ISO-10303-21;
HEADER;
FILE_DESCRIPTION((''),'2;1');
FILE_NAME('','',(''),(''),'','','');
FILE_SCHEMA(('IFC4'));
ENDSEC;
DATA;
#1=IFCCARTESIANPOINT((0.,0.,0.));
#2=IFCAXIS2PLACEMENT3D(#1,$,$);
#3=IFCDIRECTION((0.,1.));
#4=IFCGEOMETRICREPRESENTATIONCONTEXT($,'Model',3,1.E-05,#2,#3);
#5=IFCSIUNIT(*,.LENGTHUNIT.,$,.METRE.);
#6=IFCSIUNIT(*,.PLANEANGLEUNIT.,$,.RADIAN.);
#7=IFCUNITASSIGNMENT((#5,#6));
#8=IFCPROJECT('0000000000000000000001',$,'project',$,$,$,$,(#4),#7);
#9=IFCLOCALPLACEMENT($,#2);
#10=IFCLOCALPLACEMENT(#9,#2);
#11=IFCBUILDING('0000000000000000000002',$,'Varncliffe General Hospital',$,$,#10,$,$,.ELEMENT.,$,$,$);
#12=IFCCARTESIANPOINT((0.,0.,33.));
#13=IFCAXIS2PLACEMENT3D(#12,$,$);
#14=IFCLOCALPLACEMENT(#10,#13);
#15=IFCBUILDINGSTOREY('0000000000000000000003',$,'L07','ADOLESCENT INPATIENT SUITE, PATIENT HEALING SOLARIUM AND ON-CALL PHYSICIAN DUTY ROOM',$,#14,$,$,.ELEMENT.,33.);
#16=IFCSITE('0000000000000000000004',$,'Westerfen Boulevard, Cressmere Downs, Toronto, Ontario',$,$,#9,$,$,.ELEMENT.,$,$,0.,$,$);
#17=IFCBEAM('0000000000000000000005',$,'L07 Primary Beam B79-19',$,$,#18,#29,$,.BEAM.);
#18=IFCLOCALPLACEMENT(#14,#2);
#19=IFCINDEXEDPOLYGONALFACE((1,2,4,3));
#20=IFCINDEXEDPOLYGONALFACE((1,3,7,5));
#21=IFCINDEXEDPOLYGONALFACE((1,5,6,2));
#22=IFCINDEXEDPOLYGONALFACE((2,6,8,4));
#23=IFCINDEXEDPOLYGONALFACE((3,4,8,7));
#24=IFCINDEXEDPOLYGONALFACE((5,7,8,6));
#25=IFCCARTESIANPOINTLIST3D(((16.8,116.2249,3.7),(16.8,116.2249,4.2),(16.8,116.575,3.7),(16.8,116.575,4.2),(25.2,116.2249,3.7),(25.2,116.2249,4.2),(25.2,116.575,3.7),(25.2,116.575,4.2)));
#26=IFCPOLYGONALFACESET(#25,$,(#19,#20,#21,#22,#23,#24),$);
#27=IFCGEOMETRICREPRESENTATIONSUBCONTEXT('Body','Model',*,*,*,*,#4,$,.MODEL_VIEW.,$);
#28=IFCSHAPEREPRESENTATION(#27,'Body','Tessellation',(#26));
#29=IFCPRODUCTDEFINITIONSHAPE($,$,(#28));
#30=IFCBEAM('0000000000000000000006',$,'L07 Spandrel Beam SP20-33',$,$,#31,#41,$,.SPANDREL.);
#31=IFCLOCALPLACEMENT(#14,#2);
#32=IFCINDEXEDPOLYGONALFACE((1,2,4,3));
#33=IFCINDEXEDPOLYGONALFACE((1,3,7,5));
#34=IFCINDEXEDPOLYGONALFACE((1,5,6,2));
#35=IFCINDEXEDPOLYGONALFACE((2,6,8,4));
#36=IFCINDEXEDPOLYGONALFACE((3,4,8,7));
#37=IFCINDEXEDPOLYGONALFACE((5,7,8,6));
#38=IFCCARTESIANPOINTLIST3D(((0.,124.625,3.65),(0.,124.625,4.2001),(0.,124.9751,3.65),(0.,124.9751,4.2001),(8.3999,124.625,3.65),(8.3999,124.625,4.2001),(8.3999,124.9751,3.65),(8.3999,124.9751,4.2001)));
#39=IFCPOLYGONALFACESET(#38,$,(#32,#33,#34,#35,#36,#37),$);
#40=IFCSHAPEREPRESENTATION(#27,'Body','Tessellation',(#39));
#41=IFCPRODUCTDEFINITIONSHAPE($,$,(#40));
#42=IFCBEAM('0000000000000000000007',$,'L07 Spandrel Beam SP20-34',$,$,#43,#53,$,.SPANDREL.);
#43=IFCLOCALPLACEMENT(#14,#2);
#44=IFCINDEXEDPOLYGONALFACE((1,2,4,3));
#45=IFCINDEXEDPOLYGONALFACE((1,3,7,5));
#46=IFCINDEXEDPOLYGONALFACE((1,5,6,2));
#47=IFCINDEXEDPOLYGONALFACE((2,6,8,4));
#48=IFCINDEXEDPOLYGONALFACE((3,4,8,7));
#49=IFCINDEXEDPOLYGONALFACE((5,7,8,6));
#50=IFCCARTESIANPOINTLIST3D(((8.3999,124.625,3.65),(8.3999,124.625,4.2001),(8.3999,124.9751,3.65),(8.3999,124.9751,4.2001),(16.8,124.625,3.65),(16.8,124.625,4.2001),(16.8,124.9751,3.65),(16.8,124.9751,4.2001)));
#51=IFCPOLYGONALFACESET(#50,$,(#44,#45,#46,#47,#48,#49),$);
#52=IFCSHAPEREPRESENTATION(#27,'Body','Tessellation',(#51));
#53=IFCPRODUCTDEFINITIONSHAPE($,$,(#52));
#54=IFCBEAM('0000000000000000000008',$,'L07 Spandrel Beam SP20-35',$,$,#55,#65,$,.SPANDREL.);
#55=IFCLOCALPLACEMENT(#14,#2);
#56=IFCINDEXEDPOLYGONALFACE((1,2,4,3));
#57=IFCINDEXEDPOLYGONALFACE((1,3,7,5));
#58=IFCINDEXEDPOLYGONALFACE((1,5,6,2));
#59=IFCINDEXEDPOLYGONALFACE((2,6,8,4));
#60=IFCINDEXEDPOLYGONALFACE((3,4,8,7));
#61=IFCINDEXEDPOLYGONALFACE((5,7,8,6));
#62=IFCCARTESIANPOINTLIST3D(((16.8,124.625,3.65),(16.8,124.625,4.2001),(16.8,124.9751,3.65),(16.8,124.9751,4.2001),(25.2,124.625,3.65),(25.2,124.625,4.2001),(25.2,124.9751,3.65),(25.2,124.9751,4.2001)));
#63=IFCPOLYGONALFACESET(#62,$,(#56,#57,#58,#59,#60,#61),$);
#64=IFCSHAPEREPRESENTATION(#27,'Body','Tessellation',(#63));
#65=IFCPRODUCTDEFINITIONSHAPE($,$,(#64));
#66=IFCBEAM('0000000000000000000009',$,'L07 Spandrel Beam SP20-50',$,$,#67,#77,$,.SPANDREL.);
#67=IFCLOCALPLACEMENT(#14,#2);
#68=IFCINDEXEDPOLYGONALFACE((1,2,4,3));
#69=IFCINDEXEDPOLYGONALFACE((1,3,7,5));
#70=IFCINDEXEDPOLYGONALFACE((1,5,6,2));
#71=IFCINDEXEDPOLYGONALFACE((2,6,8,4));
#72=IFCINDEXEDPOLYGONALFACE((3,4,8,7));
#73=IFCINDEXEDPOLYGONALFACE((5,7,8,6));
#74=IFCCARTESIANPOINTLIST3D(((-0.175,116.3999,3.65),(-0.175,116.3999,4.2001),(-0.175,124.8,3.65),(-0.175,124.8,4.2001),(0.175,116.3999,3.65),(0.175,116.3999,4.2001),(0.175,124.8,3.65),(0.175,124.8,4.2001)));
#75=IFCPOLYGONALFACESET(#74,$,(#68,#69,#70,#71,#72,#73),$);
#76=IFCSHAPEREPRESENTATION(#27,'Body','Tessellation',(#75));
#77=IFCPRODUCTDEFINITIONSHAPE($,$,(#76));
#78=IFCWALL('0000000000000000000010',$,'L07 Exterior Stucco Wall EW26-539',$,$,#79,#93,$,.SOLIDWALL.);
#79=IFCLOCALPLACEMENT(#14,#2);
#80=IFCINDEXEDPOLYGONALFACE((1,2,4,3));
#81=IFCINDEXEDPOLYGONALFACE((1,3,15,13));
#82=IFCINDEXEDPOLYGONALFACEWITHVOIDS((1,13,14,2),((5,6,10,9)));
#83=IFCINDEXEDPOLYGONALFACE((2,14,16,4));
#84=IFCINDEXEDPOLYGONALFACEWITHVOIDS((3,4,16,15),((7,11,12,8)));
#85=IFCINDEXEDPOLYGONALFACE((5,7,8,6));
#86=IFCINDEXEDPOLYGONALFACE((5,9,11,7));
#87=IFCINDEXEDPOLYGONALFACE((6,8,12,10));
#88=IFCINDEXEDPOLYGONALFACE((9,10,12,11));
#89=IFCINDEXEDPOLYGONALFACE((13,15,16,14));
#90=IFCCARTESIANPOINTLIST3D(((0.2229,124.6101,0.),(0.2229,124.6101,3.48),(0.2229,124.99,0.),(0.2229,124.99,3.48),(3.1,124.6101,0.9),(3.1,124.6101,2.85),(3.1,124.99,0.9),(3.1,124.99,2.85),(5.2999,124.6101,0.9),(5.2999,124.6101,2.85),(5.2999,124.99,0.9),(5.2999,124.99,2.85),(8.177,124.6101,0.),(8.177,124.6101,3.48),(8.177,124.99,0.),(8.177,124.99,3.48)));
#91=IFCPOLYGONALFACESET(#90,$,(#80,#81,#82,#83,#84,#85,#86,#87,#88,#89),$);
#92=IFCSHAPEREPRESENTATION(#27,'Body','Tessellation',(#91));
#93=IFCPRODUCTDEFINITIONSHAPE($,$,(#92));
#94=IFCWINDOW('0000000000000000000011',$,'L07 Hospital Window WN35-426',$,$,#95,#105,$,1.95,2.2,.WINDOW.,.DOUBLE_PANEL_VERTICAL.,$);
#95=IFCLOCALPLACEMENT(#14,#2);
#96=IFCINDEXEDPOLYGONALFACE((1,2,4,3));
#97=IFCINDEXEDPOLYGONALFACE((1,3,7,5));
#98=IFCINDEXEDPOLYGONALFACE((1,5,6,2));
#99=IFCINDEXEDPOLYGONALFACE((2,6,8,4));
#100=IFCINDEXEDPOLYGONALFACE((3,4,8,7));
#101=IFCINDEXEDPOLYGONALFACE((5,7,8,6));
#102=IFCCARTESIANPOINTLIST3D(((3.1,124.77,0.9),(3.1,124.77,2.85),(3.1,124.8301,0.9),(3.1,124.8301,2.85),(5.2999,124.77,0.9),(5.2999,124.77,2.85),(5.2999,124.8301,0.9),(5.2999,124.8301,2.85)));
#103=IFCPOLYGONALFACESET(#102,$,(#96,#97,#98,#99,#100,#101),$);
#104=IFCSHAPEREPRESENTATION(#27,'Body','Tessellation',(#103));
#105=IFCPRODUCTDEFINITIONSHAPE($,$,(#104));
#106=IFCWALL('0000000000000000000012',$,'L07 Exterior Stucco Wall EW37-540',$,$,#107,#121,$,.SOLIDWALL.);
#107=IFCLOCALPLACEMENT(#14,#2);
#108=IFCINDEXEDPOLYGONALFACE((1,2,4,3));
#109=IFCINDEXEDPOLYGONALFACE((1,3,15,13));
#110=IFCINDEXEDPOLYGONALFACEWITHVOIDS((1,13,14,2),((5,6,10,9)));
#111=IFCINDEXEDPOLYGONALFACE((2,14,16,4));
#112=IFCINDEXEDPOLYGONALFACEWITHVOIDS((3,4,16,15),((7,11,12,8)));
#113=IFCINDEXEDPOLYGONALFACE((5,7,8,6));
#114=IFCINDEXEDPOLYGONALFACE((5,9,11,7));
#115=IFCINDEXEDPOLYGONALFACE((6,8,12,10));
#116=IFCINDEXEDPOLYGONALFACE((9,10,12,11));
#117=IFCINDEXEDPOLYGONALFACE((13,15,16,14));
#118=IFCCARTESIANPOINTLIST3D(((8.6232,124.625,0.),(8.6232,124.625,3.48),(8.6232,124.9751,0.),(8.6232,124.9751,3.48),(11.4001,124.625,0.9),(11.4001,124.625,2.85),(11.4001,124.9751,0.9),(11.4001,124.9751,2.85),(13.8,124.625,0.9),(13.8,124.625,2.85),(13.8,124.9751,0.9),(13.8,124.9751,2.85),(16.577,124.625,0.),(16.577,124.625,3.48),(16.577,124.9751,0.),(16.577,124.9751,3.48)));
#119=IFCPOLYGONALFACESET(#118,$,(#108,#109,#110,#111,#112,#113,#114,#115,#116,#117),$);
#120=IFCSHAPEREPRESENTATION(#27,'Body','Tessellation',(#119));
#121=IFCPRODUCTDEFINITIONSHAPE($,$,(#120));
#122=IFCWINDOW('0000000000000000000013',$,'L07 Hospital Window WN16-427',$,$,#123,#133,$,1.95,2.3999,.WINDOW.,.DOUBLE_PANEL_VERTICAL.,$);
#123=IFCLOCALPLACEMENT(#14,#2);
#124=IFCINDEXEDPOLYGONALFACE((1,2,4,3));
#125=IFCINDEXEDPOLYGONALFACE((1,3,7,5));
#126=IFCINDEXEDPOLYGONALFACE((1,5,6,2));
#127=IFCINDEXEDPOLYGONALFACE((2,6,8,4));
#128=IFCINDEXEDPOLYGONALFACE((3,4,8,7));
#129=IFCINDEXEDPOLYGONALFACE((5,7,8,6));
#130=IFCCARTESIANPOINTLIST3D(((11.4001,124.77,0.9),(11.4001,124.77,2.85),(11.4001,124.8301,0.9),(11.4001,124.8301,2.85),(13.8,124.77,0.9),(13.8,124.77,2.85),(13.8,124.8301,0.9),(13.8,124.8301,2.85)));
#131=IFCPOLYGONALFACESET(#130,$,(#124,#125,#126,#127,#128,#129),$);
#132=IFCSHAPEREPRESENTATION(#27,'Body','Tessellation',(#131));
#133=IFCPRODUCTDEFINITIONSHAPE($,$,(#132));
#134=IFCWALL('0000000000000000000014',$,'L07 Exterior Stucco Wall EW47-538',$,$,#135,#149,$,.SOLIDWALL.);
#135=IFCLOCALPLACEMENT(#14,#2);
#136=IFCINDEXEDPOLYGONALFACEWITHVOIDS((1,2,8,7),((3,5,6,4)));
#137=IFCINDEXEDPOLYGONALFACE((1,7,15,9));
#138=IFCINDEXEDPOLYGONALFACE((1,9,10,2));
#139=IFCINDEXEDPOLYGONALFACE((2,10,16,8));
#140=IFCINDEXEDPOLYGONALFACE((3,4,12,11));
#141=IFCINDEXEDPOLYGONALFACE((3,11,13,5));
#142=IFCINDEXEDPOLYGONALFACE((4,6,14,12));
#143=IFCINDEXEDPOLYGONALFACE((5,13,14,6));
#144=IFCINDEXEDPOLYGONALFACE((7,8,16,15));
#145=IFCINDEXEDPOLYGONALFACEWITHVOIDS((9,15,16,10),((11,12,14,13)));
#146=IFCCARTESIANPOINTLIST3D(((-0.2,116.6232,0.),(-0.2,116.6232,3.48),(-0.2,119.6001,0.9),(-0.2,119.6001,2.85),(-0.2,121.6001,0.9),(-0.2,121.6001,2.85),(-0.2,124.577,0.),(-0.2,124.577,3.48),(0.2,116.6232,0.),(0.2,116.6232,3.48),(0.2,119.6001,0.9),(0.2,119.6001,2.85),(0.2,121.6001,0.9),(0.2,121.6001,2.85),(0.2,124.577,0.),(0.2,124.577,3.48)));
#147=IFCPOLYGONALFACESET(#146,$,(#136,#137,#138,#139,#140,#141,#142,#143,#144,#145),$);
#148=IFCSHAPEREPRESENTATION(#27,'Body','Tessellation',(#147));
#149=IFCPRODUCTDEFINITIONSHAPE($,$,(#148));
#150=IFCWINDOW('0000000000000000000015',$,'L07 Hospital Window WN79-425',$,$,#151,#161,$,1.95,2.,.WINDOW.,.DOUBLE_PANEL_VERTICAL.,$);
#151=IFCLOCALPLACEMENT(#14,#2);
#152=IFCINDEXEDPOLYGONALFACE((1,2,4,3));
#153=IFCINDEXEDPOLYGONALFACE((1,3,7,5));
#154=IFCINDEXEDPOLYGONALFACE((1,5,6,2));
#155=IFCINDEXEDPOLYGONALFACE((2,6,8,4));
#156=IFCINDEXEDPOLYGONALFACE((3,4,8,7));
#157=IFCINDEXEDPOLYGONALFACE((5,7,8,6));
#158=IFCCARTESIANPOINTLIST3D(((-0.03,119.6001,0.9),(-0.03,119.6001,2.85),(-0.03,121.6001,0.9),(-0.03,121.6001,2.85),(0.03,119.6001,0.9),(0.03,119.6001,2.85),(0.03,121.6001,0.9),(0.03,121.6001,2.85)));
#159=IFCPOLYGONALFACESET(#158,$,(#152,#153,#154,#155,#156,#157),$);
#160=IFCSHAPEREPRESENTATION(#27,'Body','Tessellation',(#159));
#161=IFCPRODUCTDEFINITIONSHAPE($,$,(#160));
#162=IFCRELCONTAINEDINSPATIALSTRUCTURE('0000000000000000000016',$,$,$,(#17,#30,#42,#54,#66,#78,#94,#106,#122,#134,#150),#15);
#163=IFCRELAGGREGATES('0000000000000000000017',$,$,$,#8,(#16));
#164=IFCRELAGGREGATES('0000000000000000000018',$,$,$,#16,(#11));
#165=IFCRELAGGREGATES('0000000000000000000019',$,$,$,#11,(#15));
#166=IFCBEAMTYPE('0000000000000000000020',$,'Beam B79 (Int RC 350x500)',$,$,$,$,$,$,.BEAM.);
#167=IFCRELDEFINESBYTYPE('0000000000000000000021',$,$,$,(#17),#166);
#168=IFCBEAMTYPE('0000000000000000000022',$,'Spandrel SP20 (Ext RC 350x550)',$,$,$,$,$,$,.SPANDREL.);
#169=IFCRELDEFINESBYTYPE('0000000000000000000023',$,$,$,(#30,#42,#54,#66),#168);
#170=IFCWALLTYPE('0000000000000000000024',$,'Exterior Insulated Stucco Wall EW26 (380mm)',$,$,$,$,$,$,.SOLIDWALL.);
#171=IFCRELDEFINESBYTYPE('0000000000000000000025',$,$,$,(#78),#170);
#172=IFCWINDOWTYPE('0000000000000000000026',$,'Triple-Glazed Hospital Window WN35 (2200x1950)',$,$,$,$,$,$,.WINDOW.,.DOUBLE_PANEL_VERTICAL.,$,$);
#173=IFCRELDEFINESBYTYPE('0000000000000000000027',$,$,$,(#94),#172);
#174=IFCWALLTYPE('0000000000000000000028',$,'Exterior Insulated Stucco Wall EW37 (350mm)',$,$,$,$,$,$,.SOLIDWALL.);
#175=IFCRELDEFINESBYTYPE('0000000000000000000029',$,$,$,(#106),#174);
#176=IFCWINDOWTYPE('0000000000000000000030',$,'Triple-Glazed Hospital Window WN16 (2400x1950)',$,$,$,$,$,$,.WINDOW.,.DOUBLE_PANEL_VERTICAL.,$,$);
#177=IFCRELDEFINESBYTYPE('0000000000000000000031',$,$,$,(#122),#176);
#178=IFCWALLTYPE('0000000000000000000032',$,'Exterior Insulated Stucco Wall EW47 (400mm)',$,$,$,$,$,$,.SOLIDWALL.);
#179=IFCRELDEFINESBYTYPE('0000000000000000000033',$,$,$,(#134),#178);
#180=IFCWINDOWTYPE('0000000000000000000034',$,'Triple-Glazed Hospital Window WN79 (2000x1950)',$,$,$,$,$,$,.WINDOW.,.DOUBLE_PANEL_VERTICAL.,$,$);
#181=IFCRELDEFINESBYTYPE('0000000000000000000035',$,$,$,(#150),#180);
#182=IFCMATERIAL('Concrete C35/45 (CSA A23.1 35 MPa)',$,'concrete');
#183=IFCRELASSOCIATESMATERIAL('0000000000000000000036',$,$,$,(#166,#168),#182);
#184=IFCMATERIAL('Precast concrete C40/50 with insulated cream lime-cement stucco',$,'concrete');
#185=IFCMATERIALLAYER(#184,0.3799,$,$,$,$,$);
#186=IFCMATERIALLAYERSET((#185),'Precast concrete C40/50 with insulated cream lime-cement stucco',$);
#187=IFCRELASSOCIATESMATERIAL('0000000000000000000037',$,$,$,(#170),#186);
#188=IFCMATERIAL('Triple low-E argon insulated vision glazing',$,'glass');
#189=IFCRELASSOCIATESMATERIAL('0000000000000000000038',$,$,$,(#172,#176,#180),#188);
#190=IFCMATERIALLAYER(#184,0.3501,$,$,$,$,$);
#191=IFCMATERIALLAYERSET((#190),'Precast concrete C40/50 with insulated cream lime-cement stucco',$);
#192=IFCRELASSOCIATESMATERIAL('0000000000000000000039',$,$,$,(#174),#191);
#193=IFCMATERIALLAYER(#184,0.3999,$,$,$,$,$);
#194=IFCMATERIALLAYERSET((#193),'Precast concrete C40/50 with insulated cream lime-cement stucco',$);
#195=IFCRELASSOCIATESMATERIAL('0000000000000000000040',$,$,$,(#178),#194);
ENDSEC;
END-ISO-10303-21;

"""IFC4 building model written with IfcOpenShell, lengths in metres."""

from ifc_helpers import new_model, si_unit, direction, frame, frame_2d, origin, origin_2d, place, context, subcontext, project, spatial, rectangle, extrude, material, layer, layer_set, material_profile, profile_set, type_object, element, fill, save


model = new_model("IFC4")

# Units and contexts
model_context = context("Model", 3, precision=1e-05, world=origin(), true_north=direction((0.0, 1.0)))
body_context = subcontext(model_context, "Body", "Model", "MODEL_VIEW")
ifc_project = project(units=[si_unit("LENGTHUNIT", "METRE"), si_unit("PLANEANGLEUNIT", "RADIAN")], contexts=[model_context])

# Site, building, storey
site_placement = place(None, origin())
site = spatial("IfcSite", under=ifc_project, at=site_placement, Name="Westerfen Boulevard, Cressmere Downs, Toronto, Ontario", CompositionType="ELEMENT", RefElevation=0.0)
building_placement = place(site_placement, origin())
building = spatial("IfcBuilding", under=site, at=building_placement, Name="Varncliffe General Hospital", CompositionType="ELEMENT")
storey_placement = place(building_placement, frame((0.0, 0.0, 33.0)))
storey = spatial("IfcBuildingStorey", under=building, at=storey_placement, Name="L07", Description="ADOLESCENT INPATIENT SUITE, PATIENT HEALING SOLARIUM AND ON-CALL PHYSICIAN DUTY ROOM", CompositionType="ELEMENT", Elevation=33.0)

# Beams
ifc_material_1 = material(Name="Concrete C35/45 (CSA A23.1 35 MPa)", Category="concrete")
ifc_material_profile_1 = material_profile(ifc_material_1, rectangle(XDim=0.3501, YDim=0.5, at=origin_2d()), Name="RC 350x500")
ifc_profile_set_1 = profile_set([ifc_material_profile_1], Name="Concrete C35/45 (CSA A23.1 35 MPa)")
beam_type_1 = type_object("IfcBeamType", Name="Beam B79 (Int RC 350x500)", PredefinedType="BEAM", material=ifc_profile_set_1)
beam_1_placement = place(storey_placement, frame((16.8, 116.3999, 3.95), z_axis=(1.0, 0.0, 0.0), x_axis=(0.0, 1.0, 0.0)))
element("IfcBeam", 1, at=beam_1_placement, inside=storey, type_object=beam_type_1, Name="L07 Primary Beam B79-19", PredefinedType="BEAM", context=body_context, shape_type="SweptSolid", body=[
    extrude(rectangle(XDim=0.3501, YDim=0.5, at=origin_2d()), origin(), (0.0, 0.0, 1.0), 8.3999),
])
ifc_material_profile_2 = material_profile(ifc_material_1, rectangle(XDim=0.3501, YDim=0.55, at=origin_2d()), Name="RC 350x550")
ifc_profile_set_2 = profile_set([ifc_material_profile_2], Name="Concrete C35/45 (CSA A23.1 35 MPa)")
beam_type_2 = type_object("IfcBeamType", Name="Spandrel SP20 (Ext RC 350x550)", PredefinedType="SPANDREL", material=ifc_profile_set_2)
beam_2_placement = place(storey_placement, frame((0.0, 124.8, 3.925), z_axis=(1.0, 0.0, 0.0), x_axis=(0.0, 1.0, 0.0)))
element("IfcBeam", 2, at=beam_2_placement, inside=storey, type_object=beam_type_2, Name="L07 Spandrel Beam SP20-33", PredefinedType="SPANDREL", context=body_context, shape_type="SweptSolid", body=[
    extrude(rectangle(XDim=0.3501, YDim=0.55, at=origin_2d()), origin(), (0.0, 0.0, 1.0), 8.3999),
])
beam_3_placement = place(storey_placement, frame((8.3999, 124.8, 3.925), z_axis=(1.0, 0.0, 0.0), x_axis=(0.0, 1.0, 0.0)))
element("IfcBeam", 3, at=beam_3_placement, inside=storey, type_object=beam_type_2, Name="L07 Spandrel Beam SP20-34", PredefinedType="SPANDREL", context=body_context, shape_type="SweptSolid", body=[
    extrude(rectangle(XDim=0.3501, YDim=0.55, at=origin_2d()), origin(), (0.0, 0.0, 1.0), 8.4001),
])
beam_4_placement = place(storey_placement, frame((16.8, 124.8, 3.925), z_axis=(1.0, 0.0, 0.0), x_axis=(0.0, 1.0, 0.0)))
element("IfcBeam", 4, at=beam_4_placement, inside=storey, type_object=beam_type_2, Name="L07 Spandrel Beam SP20-35", PredefinedType="SPANDREL", context=body_context, shape_type="SweptSolid", body=[
    extrude(rectangle(XDim=0.3501, YDim=0.55, at=origin_2d()), origin(), (0.0, 0.0, 1.0), 8.3999),
])
beam_5_placement = place(storey_placement, frame((0.0, 116.3999, 3.925), z_axis=(0.0, 1.0, 0.0), x_axis=(-1.0, 0.0, 0.0)))
element("IfcBeam", 5, at=beam_5_placement, inside=storey, type_object=beam_type_2, Name="L07 Spandrel Beam SP20-50", PredefinedType="SPANDREL", context=body_context, shape_type="SweptSolid", body=[
    extrude(rectangle(XDim=0.3501, YDim=0.55, at=origin_2d()), origin(), (0.0, 0.0, 1.0), 8.4001),
])

# Walls, openings, windows
ifc_material_2 = material(Name="Precast concrete C40/50 with insulated cream lime-cement stucco", Category="concrete")
ifc_layer_1 = layer(ifc_material_2, 0.3799)
ifc_layer_set_1 = layer_set([ifc_layer_1], Name="Precast concrete C40/50 with insulated cream lime-cement stucco")
wall_type_1 = type_object("IfcWallType", Name="Exterior Insulated Stucco Wall EW26 (380mm)", PredefinedType="SOLIDWALL", material=ifc_layer_set_1)
wall_1_placement = place(storey_placement, frame((0.2229, 124.8, 0.0), z_axis=(0.0, 0.0, 1.0), x_axis=(1.0, 0.0, 0.0)))
wall_1 = element("IfcWall", 6, at=wall_1_placement, inside=storey, type_object=wall_type_1, Name="L07 Exterior Stucco Wall EW26-539", PredefinedType="SOLIDWALL", context=body_context, shape_type="SweptSolid", body=[
    extrude(rectangle(XDim=7.9541, YDim=0.3799, at=frame_2d((3.9771, 0.0))), origin(), (0.0, 0.0, 1.0), 3.48),
])
opening_1_placement = place(wall_1_placement, frame((2.877, 0.0, 0.8999)))
opening_1 = element("IfcOpeningElement", 7, at=opening_1_placement, cuts=wall_1, PredefinedType="OPENING", context=body_context, shape_type="SweptSolid", body=[
    extrude(rectangle(XDim=2.2, YDim=1.95, at=frame_2d((1.1001, 0.9751))), frame((0.0, 0.2, 0.0), z_axis=(0.0, -1.0, 0.0), x_axis=(1.0, 0.0, 0.0)), (0.0, 0.0, 1.0), 0.3999),
])
ifc_material_3 = material(Name="Triple low-E argon insulated vision glazing", Category="glass")
window_type_1 = type_object("IfcWindowType", Name="Triple-Glazed Hospital Window WN35 (2200x1950)", PartitioningType="DOUBLE_PANEL_VERTICAL", PredefinedType="WINDOW", material=ifc_material_3)
window_1_placement = place(opening_1_placement, origin())
window_1 = element("IfcWindow", 8, at=window_1_placement, inside=storey, type_object=window_type_1, Name="L07 Hospital Window WN35-426", OverallHeight=1.95, OverallWidth=2.2, PartitioningType="DOUBLE_PANEL_VERTICAL", PredefinedType="WINDOW", context=body_context, shape_type="SweptSolid", body=[
    extrude(rectangle(XDim=2.2, YDim=1.95, at=frame_2d((1.1001, 0.9751))), frame((0.0, 0.03, 0.0), z_axis=(0.0, -1.0, 0.0), x_axis=(1.0, 0.0, 0.0)), (0.0, 0.0, 1.0), 0.0601),
])
fill(opening_1, window_1)
ifc_layer_2 = layer(ifc_material_2, 0.3501)
ifc_layer_set_2 = layer_set([ifc_layer_2], Name="Precast concrete C40/50 with insulated cream lime-cement stucco")
wall_type_2 = type_object("IfcWallType", Name="Exterior Insulated Stucco Wall EW37 (350mm)", PredefinedType="SOLIDWALL", material=ifc_layer_set_2)
wall_2_placement = place(storey_placement, frame((8.623, 124.8, 0.0), z_axis=(0.0, 0.0, 1.0), x_axis=(1.0, 0.0, 0.0)))
wall_2 = element("IfcWall", 9, at=wall_2_placement, inside=storey, type_object=wall_type_2, Name="L07 Exterior Stucco Wall EW37-540", PredefinedType="SOLIDWALL", context=body_context, shape_type="SweptSolid", body=[
    extrude(rectangle(XDim=7.9539, YDim=0.3501, at=frame_2d((3.9771, 0.0))), origin(), (0.0, 0.0, 1.0), 3.48),
])
opening_2_placement = place(wall_2_placement, frame((2.7771, 0.0, 0.8999)))
opening_2 = element("IfcOpeningElement", 10, at=opening_2_placement, cuts=wall_2, PredefinedType="OPENING", context=body_context, shape_type="SweptSolid", body=[
    extrude(rectangle(XDim=2.3999, YDim=1.95, at=frame_2d((1.2, 0.9751))), frame((0.0, 0.1851, 0.0), z_axis=(0.0, -1.0, 0.0), x_axis=(1.0, 0.0, 0.0)), (0.0, 0.0, 1.0), 0.3701),
])
window_type_2 = type_object("IfcWindowType", Name="Triple-Glazed Hospital Window WN16 (2400x1950)", PartitioningType="DOUBLE_PANEL_VERTICAL", PredefinedType="WINDOW", material=ifc_material_3)
window_2_placement = place(opening_2_placement, origin())
window_2 = element("IfcWindow", 11, at=window_2_placement, inside=storey, type_object=window_type_2, Name="L07 Hospital Window WN16-427", OverallHeight=1.95, OverallWidth=2.3999, PartitioningType="DOUBLE_PANEL_VERTICAL", PredefinedType="WINDOW", context=body_context, shape_type="SweptSolid", body=[
    extrude(rectangle(XDim=2.3999, YDim=1.95, at=frame_2d((1.2, 0.9751))), frame((0.0, 0.03, 0.0), z_axis=(0.0, -1.0, 0.0), x_axis=(1.0, 0.0, 0.0)), (0.0, 0.0, 1.0), 0.0601),
])
fill(opening_2, window_2)
ifc_layer_3 = layer(ifc_material_2, 0.3999)
ifc_layer_set_3 = layer_set([ifc_layer_3], Name="Precast concrete C40/50 with insulated cream lime-cement stucco")
wall_type_3 = type_object("IfcWallType", Name="Exterior Insulated Stucco Wall EW47 (400mm)", PredefinedType="SOLIDWALL", material=ifc_layer_set_3)
wall_3_placement = place(storey_placement, frame((0.0, 116.623, 0.0), z_axis=(0.0, 0.0, 1.0), x_axis=(0.0, 1.0, 0.0)))
wall_3 = element("IfcWall", 12, at=wall_3_placement, inside=storey, type_object=wall_type_3, Name="L07 Exterior Stucco Wall EW47-538", PredefinedType="SOLIDWALL", context=body_context, shape_type="SweptSolid", body=[
    extrude(rectangle(XDim=7.9539, YDim=0.3999, at=frame_2d((3.9771, 0.0))), origin(), (0.0, 0.0, 1.0), 3.48),
])
opening_3_placement = place(wall_3_placement, frame((2.9771, 0.0, 0.8999)))
opening_3 = element("IfcOpeningElement", 13, at=opening_3_placement, cuts=wall_3, PredefinedType="OPENING", context=body_context, shape_type="SweptSolid", body=[
    extrude(rectangle(XDim=2.0, YDim=1.95, at=frame_2d((1.0, 0.9751))), frame((0.0, 0.21, 0.0), z_axis=(0.0, -1.0, 0.0), x_axis=(1.0, 0.0, 0.0)), (0.0, 0.0, 1.0), 0.4199),
])
window_type_3 = type_object("IfcWindowType", Name="Triple-Glazed Hospital Window WN79 (2000x1950)", PartitioningType="DOUBLE_PANEL_VERTICAL", PredefinedType="WINDOW", material=ifc_material_3)
window_3_placement = place(opening_3_placement, origin())
window_3 = element("IfcWindow", 14, at=window_3_placement, inside=storey, type_object=window_type_3, Name="L07 Hospital Window WN79-425", OverallHeight=1.95, OverallWidth=2.0, PartitioningType="DOUBLE_PANEL_VERTICAL", PredefinedType="WINDOW", context=body_context, shape_type="SweptSolid", body=[
    extrude(rectangle(XDim=2.0, YDim=1.95, at=frame_2d((1.0, 0.9751))), frame((0.0, 0.03, 0.0), z_axis=(0.0, -1.0, 0.0), x_axis=(1.0, 0.0, 0.0)), (0.0, 0.0, 1.0), 0.0601),
])
fill(opening_3, window_3)

save(model, "model.ifc")
